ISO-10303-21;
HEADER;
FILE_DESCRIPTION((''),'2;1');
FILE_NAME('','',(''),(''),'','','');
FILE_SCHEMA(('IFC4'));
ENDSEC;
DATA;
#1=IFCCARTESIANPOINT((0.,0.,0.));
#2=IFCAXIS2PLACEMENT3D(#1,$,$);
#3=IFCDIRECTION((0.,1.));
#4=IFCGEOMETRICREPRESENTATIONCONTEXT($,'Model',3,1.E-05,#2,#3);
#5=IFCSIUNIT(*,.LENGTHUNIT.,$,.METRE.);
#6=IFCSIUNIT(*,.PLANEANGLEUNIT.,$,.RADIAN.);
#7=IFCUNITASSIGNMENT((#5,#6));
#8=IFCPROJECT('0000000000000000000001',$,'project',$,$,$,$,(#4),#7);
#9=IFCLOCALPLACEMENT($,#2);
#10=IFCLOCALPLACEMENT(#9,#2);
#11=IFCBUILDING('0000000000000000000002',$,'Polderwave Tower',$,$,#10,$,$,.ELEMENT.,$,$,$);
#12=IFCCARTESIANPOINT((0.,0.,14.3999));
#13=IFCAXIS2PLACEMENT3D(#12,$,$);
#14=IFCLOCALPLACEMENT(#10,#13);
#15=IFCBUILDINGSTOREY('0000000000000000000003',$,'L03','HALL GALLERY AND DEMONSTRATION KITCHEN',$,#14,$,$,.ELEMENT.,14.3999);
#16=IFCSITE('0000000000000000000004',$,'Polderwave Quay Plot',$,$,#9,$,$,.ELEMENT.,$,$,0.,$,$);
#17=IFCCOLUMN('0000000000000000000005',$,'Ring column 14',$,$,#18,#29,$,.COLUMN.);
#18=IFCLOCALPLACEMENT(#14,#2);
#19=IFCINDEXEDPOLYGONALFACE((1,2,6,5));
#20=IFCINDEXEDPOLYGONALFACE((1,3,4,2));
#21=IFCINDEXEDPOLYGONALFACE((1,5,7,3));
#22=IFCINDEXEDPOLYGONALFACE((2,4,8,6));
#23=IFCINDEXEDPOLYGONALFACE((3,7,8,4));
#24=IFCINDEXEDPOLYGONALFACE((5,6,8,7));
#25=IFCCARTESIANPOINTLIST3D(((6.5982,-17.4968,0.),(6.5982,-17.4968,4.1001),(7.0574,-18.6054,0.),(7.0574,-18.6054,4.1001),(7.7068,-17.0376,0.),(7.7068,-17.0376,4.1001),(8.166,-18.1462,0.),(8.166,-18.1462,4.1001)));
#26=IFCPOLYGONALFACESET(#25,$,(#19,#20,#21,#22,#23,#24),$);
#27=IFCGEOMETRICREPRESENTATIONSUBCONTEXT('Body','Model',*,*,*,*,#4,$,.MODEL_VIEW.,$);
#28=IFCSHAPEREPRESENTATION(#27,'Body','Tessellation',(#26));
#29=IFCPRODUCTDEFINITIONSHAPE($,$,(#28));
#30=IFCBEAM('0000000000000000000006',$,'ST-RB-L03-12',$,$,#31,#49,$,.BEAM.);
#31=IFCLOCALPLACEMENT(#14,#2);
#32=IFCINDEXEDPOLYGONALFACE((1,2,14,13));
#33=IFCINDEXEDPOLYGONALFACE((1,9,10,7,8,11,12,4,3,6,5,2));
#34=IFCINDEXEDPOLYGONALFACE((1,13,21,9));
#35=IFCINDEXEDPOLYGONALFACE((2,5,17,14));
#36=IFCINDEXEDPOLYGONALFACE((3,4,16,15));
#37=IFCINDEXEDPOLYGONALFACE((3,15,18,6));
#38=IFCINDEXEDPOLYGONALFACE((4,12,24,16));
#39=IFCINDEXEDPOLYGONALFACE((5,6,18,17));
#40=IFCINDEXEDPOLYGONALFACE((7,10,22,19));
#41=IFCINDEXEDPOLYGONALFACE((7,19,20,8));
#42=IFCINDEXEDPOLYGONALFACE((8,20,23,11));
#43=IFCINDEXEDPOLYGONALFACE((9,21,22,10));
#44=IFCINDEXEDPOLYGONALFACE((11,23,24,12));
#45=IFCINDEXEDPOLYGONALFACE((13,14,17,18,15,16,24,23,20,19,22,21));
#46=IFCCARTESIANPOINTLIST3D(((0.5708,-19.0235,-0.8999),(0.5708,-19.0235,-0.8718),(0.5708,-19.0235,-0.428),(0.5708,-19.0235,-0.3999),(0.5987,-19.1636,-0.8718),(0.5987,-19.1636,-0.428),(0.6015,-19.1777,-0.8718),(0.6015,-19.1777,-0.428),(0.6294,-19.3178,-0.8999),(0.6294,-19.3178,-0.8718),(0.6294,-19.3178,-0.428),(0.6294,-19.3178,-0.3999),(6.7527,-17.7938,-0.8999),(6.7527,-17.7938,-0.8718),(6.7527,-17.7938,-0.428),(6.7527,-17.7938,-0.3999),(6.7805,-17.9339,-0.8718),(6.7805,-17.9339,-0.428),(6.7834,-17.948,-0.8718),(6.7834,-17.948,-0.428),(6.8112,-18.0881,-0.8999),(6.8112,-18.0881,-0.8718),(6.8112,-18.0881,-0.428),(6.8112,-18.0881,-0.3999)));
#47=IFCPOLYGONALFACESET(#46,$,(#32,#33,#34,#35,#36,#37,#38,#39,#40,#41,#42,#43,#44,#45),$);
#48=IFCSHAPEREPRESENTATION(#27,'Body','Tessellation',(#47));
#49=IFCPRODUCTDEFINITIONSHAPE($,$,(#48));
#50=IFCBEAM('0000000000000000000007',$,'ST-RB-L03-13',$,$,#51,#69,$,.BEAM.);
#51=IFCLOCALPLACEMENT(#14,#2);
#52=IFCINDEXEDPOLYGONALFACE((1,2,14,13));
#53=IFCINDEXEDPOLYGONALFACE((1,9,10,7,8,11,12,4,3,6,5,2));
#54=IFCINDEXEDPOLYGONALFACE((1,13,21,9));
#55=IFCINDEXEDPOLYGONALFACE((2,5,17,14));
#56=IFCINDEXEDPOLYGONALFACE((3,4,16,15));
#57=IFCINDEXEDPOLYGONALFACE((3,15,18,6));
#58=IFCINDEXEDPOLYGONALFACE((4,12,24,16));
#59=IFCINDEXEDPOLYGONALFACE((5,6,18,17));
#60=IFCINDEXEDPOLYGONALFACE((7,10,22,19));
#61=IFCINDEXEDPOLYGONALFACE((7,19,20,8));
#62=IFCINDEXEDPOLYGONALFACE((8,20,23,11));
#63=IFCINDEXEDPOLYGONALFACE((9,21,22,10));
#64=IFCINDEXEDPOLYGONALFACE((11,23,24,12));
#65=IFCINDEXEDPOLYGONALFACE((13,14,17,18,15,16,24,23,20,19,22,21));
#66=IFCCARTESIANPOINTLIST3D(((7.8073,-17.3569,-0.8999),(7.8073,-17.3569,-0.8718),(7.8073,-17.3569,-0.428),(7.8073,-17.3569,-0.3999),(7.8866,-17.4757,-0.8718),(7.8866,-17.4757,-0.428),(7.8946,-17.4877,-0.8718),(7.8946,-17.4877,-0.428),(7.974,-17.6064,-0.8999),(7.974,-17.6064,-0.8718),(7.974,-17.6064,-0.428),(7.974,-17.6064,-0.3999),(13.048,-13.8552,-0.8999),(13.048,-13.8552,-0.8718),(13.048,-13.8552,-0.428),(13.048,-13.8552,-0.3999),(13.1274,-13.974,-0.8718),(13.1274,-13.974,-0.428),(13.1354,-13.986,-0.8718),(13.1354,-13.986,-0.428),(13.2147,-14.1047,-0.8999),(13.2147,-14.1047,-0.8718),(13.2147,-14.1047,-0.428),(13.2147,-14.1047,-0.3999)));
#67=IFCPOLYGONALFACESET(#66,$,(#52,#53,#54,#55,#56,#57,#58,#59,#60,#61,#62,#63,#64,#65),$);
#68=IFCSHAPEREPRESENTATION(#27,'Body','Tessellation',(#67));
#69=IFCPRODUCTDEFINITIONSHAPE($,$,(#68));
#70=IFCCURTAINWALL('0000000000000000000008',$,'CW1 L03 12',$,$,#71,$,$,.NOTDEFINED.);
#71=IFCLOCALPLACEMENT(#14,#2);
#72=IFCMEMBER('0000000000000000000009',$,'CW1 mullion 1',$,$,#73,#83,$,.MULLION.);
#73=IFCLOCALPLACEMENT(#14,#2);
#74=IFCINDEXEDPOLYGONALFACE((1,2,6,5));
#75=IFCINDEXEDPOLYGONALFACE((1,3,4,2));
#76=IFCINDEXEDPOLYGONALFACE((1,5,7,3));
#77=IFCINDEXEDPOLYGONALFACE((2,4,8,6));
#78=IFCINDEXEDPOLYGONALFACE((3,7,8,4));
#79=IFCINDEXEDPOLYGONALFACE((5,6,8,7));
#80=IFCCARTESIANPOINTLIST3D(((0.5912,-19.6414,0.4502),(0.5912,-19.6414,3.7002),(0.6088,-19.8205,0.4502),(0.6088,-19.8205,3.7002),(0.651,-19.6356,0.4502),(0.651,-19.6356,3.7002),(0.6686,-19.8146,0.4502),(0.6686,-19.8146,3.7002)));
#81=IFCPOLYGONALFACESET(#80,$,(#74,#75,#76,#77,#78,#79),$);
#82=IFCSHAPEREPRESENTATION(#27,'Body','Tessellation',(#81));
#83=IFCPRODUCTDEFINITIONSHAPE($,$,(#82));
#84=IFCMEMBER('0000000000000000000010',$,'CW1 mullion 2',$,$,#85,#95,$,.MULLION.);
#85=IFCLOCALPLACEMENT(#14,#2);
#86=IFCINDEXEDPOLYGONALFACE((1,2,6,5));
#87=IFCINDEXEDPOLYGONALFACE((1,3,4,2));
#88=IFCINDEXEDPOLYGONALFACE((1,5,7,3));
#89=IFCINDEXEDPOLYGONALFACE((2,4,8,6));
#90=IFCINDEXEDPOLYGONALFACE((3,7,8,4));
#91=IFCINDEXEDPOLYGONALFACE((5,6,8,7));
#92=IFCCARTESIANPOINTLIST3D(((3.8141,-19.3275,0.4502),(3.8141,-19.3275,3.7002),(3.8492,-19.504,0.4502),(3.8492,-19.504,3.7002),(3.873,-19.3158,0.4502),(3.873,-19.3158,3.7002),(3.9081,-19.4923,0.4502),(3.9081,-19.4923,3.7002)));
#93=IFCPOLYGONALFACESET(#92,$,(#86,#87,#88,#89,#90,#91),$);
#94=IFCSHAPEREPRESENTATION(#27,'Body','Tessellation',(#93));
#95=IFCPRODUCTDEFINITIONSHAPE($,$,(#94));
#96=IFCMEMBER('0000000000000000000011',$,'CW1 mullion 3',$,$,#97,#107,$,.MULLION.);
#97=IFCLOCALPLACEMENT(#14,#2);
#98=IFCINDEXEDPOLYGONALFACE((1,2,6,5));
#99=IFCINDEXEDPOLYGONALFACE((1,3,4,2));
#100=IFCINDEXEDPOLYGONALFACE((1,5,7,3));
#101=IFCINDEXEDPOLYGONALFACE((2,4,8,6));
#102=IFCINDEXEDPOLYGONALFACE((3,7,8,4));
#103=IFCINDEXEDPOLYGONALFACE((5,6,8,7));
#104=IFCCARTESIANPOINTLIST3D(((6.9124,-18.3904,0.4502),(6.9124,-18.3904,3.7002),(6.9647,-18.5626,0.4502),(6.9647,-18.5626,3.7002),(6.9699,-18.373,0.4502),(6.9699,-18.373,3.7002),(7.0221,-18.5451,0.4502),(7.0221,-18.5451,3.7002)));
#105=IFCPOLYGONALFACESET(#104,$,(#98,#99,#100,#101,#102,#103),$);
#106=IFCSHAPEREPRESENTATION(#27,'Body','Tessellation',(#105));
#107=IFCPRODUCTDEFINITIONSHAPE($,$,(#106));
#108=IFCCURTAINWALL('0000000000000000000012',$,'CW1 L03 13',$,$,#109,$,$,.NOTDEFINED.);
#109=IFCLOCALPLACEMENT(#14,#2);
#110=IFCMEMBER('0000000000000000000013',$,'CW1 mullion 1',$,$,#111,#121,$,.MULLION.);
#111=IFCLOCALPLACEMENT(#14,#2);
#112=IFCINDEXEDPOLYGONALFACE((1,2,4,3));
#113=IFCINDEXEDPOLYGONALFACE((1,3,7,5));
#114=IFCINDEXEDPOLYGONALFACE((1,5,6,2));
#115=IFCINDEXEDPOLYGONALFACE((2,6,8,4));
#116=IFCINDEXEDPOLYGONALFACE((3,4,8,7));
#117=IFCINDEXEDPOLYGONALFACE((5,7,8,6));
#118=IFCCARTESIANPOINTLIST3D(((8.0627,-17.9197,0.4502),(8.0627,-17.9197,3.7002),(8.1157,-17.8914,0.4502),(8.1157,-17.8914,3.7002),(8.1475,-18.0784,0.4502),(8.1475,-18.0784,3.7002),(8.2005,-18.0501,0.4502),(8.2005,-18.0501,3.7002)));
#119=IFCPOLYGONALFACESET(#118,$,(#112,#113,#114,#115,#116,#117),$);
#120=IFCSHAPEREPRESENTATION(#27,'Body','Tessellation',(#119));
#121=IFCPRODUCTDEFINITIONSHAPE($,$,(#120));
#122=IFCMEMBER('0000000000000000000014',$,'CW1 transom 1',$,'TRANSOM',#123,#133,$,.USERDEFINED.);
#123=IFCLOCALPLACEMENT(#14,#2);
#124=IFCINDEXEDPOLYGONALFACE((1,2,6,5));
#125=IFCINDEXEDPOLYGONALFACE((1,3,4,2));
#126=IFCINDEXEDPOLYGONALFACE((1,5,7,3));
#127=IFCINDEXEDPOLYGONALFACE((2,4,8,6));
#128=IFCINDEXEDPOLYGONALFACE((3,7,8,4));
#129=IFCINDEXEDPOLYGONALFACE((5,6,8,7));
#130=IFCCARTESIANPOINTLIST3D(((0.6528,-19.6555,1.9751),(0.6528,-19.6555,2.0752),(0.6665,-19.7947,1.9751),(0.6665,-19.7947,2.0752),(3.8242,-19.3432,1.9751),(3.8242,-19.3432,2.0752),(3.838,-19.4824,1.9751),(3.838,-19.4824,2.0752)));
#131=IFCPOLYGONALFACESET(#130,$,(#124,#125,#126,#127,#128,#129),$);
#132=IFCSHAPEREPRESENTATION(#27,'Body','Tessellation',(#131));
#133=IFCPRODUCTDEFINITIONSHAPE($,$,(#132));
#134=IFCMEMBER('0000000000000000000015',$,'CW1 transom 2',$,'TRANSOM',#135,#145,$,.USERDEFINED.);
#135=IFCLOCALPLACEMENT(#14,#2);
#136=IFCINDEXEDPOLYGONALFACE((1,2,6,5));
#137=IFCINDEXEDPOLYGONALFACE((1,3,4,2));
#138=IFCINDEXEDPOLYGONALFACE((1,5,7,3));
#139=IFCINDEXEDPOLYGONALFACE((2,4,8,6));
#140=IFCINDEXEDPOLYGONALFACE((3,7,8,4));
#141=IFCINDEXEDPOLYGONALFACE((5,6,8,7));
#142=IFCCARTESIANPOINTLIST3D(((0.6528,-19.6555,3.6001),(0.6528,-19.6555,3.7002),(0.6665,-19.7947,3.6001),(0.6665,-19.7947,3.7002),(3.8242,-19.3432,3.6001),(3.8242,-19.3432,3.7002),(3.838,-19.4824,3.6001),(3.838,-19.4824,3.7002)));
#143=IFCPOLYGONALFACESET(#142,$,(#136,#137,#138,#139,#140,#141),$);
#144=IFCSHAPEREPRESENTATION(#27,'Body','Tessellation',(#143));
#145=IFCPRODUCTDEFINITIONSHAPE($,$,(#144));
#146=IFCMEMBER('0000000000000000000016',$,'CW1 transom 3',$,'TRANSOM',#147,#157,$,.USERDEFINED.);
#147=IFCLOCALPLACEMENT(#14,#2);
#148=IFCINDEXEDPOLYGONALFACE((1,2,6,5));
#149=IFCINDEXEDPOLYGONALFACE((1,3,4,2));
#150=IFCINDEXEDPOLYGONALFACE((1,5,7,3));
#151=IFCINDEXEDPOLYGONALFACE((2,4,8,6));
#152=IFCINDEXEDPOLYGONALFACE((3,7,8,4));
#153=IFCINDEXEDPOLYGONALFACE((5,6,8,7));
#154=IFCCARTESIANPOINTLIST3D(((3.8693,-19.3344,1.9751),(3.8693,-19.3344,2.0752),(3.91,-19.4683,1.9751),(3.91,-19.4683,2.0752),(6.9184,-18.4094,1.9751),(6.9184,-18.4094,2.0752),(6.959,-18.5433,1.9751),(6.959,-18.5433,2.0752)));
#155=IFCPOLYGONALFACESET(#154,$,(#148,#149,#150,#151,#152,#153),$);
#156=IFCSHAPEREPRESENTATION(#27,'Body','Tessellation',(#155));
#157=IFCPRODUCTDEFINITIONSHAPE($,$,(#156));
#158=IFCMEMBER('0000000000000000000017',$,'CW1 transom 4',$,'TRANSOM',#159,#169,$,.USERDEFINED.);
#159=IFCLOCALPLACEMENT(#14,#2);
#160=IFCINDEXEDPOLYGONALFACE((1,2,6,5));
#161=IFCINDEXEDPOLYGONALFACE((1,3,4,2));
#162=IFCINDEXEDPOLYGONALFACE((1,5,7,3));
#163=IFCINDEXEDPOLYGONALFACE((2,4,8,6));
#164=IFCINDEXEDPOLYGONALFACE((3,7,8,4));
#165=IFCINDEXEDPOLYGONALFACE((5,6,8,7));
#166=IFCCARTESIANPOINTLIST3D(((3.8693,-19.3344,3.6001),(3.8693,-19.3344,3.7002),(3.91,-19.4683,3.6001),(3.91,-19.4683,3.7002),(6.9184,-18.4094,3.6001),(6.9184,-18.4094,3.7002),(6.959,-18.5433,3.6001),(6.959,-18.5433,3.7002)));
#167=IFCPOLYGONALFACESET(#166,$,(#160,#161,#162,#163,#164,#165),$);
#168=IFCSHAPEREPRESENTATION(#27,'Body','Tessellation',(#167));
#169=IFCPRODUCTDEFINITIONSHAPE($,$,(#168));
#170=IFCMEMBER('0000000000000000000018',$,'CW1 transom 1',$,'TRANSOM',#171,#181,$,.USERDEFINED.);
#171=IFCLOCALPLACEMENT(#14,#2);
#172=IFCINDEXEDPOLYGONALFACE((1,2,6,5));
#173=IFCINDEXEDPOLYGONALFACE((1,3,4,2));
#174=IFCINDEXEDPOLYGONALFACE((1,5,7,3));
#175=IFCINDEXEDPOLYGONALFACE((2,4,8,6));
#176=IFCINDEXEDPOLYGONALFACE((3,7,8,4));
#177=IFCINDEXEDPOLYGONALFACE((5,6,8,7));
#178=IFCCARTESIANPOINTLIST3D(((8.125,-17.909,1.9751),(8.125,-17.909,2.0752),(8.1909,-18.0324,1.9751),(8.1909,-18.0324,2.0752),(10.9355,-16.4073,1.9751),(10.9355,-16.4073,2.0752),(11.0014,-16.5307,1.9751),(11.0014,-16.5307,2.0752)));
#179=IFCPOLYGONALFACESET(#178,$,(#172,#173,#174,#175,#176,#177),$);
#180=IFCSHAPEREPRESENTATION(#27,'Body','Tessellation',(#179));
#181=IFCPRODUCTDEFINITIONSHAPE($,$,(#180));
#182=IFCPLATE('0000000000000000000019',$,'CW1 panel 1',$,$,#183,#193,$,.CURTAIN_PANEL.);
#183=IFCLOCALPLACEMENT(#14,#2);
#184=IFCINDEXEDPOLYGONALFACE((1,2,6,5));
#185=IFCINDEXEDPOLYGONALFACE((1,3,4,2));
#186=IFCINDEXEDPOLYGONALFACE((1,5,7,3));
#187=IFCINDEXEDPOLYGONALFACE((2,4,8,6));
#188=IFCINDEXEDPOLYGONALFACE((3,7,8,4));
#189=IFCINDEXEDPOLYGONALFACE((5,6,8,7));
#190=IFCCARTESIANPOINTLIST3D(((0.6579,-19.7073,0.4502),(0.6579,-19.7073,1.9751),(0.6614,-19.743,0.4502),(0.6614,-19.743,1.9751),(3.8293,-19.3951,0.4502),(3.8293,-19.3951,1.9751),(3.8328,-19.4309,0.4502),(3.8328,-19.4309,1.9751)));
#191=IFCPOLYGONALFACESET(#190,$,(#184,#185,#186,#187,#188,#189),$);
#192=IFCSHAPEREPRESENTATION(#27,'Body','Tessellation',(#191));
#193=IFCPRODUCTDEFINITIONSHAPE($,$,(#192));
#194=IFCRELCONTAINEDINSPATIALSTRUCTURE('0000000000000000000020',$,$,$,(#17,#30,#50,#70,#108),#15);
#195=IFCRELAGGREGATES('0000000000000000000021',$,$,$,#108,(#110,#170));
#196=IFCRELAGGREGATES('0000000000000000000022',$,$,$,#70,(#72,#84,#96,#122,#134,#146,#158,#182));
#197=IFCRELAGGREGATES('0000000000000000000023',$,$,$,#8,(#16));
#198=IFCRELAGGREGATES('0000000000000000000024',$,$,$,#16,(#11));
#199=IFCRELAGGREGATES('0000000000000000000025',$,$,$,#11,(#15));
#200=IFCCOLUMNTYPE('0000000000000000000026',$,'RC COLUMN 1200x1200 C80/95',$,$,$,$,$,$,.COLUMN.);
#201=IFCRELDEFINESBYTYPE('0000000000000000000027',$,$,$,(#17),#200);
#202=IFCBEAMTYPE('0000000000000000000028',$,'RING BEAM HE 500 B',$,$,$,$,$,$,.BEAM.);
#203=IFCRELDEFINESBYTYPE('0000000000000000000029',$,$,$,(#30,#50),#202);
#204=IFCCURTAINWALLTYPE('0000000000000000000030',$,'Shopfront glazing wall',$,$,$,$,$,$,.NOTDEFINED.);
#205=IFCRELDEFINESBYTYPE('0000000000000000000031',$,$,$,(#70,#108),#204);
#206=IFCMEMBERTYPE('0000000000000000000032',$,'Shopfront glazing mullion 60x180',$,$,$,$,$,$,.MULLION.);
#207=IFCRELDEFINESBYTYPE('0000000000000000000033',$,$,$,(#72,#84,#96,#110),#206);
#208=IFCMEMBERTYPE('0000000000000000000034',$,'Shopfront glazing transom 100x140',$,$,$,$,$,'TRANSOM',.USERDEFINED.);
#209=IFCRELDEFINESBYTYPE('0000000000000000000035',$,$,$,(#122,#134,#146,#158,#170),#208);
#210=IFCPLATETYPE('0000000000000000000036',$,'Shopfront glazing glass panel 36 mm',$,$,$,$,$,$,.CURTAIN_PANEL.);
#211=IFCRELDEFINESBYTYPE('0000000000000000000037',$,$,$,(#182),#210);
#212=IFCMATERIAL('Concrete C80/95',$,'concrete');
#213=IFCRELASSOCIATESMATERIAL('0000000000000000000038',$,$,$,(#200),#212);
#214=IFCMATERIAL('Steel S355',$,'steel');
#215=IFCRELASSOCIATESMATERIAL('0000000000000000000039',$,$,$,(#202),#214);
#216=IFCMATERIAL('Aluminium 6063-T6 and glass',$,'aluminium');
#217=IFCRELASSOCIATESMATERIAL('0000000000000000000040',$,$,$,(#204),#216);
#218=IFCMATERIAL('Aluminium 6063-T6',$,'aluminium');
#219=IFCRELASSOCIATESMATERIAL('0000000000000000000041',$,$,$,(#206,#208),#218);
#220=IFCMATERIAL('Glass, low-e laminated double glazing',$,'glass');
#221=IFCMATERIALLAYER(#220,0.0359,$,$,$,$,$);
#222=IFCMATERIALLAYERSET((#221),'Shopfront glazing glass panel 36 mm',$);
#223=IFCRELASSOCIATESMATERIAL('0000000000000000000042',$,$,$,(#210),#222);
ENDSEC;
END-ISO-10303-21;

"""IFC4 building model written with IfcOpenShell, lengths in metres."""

from ifc_helpers import new_model, si_unit, direction, frame, origin, origin_2d, place, context, subcontext, project, spatial, rectangle, i_section, extrude, material, layer, layer_set, material_profile, profile_set, type_object, element, aggregate, save


model = new_model("IFC4")

# Units and contexts
model_context = context("Model", 3, precision=1e-05, world=origin(), true_north=direction((0.0, 1.0)))
body_context = subcontext(model_context, "Body", "Model", "MODEL_VIEW")
ifc_project = project(units=[si_unit("LENGTHUNIT", "METRE"), si_unit("PLANEANGLEUNIT", "RADIAN")], contexts=[model_context])

# Site, building, storey
site_placement = place(None, origin())
site = spatial("IfcSite", under=ifc_project, at=site_placement, Name="Polderwave Quay Plot", CompositionType="ELEMENT", RefElevation=0.0)
building_placement = place(site_placement, origin())
building = spatial("IfcBuilding", under=site, at=building_placement, Name="Polderwave Tower", CompositionType="ELEMENT")
storey_placement = place(building_placement, frame((0.0, 0.0, 14.3999)))
storey = spatial("IfcBuildingStorey", under=building, at=storey_placement, Name="L03", Description="HALL GALLERY AND DEMONSTRATION KITCHEN", CompositionType="ELEMENT", Elevation=14.3999)

# Column
ifc_material_1 = material(Name="Concrete C80/95", Category="concrete")
ifc_material_profile_1 = material_profile(ifc_material_1, rectangle(XDim=1.2, YDim=1.2, at=origin_2d()), Name="RC 1200x1200")
ifc_profile_set_1 = profile_set([ifc_material_profile_1], Name="Concrete C80/95")
column_type = type_object("IfcColumnType", Name="RC COLUMN 1200x1200 C80/95", PredefinedType="COLUMN", material=ifc_profile_set_1)
column_placement = place(storey_placement, frame((7.3821, -17.8215, 0.0), z_axis=(0.0, 0.0, 1.0), x_axis=(0.382683, -0.92388, 0.0)))
element("IfcColumn", 1, at=column_placement, inside=storey, type_object=column_type, Name="Ring column 14", PredefinedType="COLUMN", context=body_context, shape_type="SweptSolid", body=[
    extrude(rectangle(XDim=1.2, YDim=1.2, at=origin_2d()), origin(), (0.0, 0.0, 1.0), 4.1001),
])

# Beams
ifc_material_2 = material(Name="Steel S355", Category="steel")
ifc_material_profile_2 = material_profile(ifc_material_2, i_section(OverallWidth=0.3, OverallDepth=0.5, WebThickness=0.0144, FlangeThickness=0.0281, at=origin_2d()), Name="HE 500 B")
ifc_profile_set_2 = profile_set([ifc_material_profile_2], Name="Steel S355")
beam_type = type_object("IfcBeamType", Name="RING BEAM HE 500 B", PredefinedType="BEAM", material=ifc_profile_set_2)
for number, where, z_axis, x_axis, name in (
    (2, (0.6001, -19.1707, -0.6499), (0.980783, 0.195103, 0.0), (-0.195103, 0.980783, 0.0), "ST-RB-L03-12"),
    (3, (7.8906, -17.4817, -0.6499), (0.831472, 0.555567, 0.0), (-0.555567, 0.831472, 0.0), "ST-RB-L03-13"),
):
    element("IfcBeam", number, at=place(storey_placement, frame(where, z_axis=z_axis, x_axis=x_axis)), inside=storey, type_object=beam_type, Name=name, PredefinedType="BEAM", context=body_context, shape_type="SweptSolid", body=[
        extrude(i_section(OverallWidth=0.3, OverallDepth=0.5, WebThickness=0.0144, FlangeThickness=0.0281, at=origin_2d()), origin(), (0.0, 0.0, 1.0), 6.303),
    ])

# Curtain wall, members
ifc_material_3 = material(Name="Aluminium 6063-T6 and glass", Category="aluminium")
curtain_wall_type = type_object("IfcCurtainWallType", Name="Shopfront glazing wall", PredefinedType="NOTDEFINED", material=ifc_material_3)
curtain_wall_1_placement = place(storey_placement, origin())
curtain_wall_1 = element("IfcCurtainWall", 4, at=curtain_wall_1_placement, inside=storey, type_object=curtain_wall_type, Name="CW1 L03 12", PredefinedType="NOTDEFINED")
ifc_material_4 = material(Name="Aluminium 6063-T6", Category="aluminium")
ifc_material_profile_3 = material_profile(ifc_material_4, rectangle(XDim=0.1799, YDim=0.0601, at=origin_2d()), Name="AL 60x180")
ifc_profile_set_3 = profile_set([ifc_material_profile_3], Name="Aluminium 6063-T6")
member_type_1 = type_object("IfcMemberType", Name="Shopfront glazing mullion 60x180", PredefinedType="MULLION", material=ifc_profile_set_3)
member_1_placement = place(storey_placement, frame((0.6299, -19.728, 0.4502), z_axis=(0.0, 0.0, 1.0), x_axis=(-0.097963, 0.99519, 0.0)))
member_1 = element("IfcMember", 5, at=member_1_placement, type_object=member_type_1, Name="CW1 mullion 1", PredefinedType="MULLION", context=body_context, shape_type="SweptSolid", body=[
    extrude(rectangle(XDim=0.1799, YDim=0.0601, at=origin_2d()), origin(), (0.0, 0.0, 1.0), 3.25),
])
member_2_placement = place(storey_placement, frame((3.8611, -19.4099, 0.4502), z_axis=(0.0, 0.0, 1.0), x_axis=(-0.195065, 0.98079, 0.0)))
member_2 = element("IfcMember", 6, at=member_2_placement, type_object=member_type_1, Name="CW1 mullion 2", PredefinedType="MULLION", context=body_context, shape_type="SweptSolid", body=[
    extrude(rectangle(XDim=0.1799, YDim=0.0601, at=origin_2d()), origin(), (0.0, 0.0, 1.0), 3.25),
])
member_3_placement = place(storey_placement, frame((6.9673, -18.4678, 0.4502), z_axis=(0.0, 0.0, 1.0), x_axis=(-0.290286, 0.95694, 0.0)))
member_3 = element("IfcMember", 7, at=member_3_placement, type_object=member_type_1, Name="CW1 mullion 3", PredefinedType="MULLION", context=body_context, shape_type="SweptSolid", body=[
    extrude(rectangle(XDim=0.1799, YDim=0.0601, at=origin_2d()), origin(), (0.0, 0.0, 1.0), 3.25),
])

# Curtain wall, member
curtain_wall_2_placement = place(storey_placement, origin())
curtain_wall_2 = element("IfcCurtainWall", 8, at=curtain_wall_2_placement, inside=storey, type_object=curtain_wall_type, Name="CW1 L03 13", PredefinedType="NOTDEFINED")
member_4_placement = place(storey_placement, frame((8.1316, -17.9849, 0.4502), z_axis=(0.0, 0.0, 1.0), x_axis=(-0.471221, 0.882015, 0.0)))
member_4 = element("IfcMember", 9, at=member_4_placement, type_object=member_type_1, Name="CW1 mullion 1", PredefinedType="MULLION", context=body_context, shape_type="SweptSolid", body=[
    extrude(rectangle(XDim=0.1799, YDim=0.0601, at=origin_2d()), origin(), (0.0, 0.0, 1.0), 3.25),
])

# Members
ifc_material_profile_4 = material_profile(ifc_material_4, rectangle(XDim=0.1399, YDim=0.1001, at=origin_2d()), Name="AL 100x140")
ifc_profile_set_4 = profile_set([ifc_material_profile_4], Name="Aluminium 6063-T6")
member_type_2 = type_object("IfcMemberType", Name="Shopfront glazing transom 100x140", ElementType="TRANSOM", PredefinedType="USERDEFINED", material=ifc_profile_set_4)
member_5_placement = place(storey_placement, frame((0.6597, -19.7251, 2.0251), z_axis=(0.995188, 0.097987, 0.0), x_axis=(-0.097987, 0.995188, 0.0)))
member_5 = element("IfcMember", 10, at=member_5_placement, type_object=member_type_2, Name="CW1 transom 1", ObjectType="TRANSOM", PredefinedType="USERDEFINED", context=body_context, shape_type="SweptSolid", body=[
    extrude(rectangle(XDim=0.1399, YDim=0.1001, at=origin_2d()), origin(), (0.0, 0.0, 1.0), 3.1868),
])
member_6_placement = place(storey_placement, frame((0.6597, -19.7251, 3.6501), z_axis=(0.995188, 0.097987, 0.0), x_axis=(-0.097987, 0.995188, 0.0)))
member_6 = element("IfcMember", 11, at=member_6_placement, type_object=member_type_2, Name="CW1 transom 2", ObjectType="TRANSOM", PredefinedType="USERDEFINED", context=body_context, shape_type="SweptSolid", body=[
    extrude(rectangle(XDim=0.1399, YDim=0.1001, at=origin_2d()), origin(), (0.0, 0.0, 1.0), 3.1868),
])
member_7_placement = place(storey_placement, frame((3.8896, -19.4014, 2.0251), z_axis=(0.95693, 0.29032, 0.0), x_axis=(-0.29032, 0.95693, 0.0)))
member_7 = element("IfcMember", 12, at=member_7_placement, type_object=member_type_2, Name="CW1 transom 3", ObjectType="TRANSOM", PredefinedType="USERDEFINED", context=body_context, shape_type="SweptSolid", body=[
    extrude(rectangle(XDim=0.1399, YDim=0.1001, at=origin_2d()), origin(), (0.0, 0.0, 1.0), 3.1863),
])
member_8_placement = place(storey_placement, frame((3.8896, -19.4014, 3.6501), z_axis=(0.95693, 0.29032, 0.0), x_axis=(-0.29032, 0.95693, 0.0)))
member_8 = element("IfcMember", 13, at=member_8_placement, type_object=member_type_2, Name="CW1 transom 4", ObjectType="TRANSOM", PredefinedType="USERDEFINED", context=body_context, shape_type="SweptSolid", body=[
    extrude(rectangle(XDim=0.1399, YDim=0.1001, at=origin_2d()), origin(), (0.0, 0.0, 1.0), 3.1863),
])
member_9_placement = place(storey_placement, frame((8.158, -17.9707, 2.0251), z_axis=(0.881994, 0.47126, 0.0), x_axis=(-0.47126, 0.881994, 0.0)))
member_9 = element("IfcMember", 14, at=member_9_placement, type_object=member_type_2, Name="CW1 transom 1", ObjectType="TRANSOM", PredefinedType="USERDEFINED", context=body_context, shape_type="SweptSolid", body=[
    extrude(rectangle(XDim=0.1399, YDim=0.1001, at=origin_2d()), origin(), (0.0, 0.0, 1.0), 3.1865),
])
aggregate(curtain_wall_2, [member_4, member_9])

# Plate
ifc_material_5 = material(Name="Glass, low-e laminated double glazing", Category="glass")
ifc_layer_1 = layer(ifc_material_5, 0.0359)
ifc_layer_set_1 = layer_set([ifc_layer_1], Name="Shopfront glazing glass panel 36 mm")
plate_type = type_object("IfcPlateType", Name="Shopfront glazing glass panel 36 mm", PredefinedType="CURTAIN_PANEL", material=ifc_layer_set_1)
plate_1_placement = place(storey_placement, frame((2.2454, -19.5691, 0.4502), z_axis=(0.0, 0.0, 1.0), x_axis=(0.99519, 0.097963, 0.0)))
plate_1 = element("IfcPlate", 15, at=plate_1_placement, type_object=plate_type, Name="CW1 panel 1", PredefinedType="CURTAIN_PANEL", context=body_context, shape_type="SweptSolid", body=[
    extrude(rectangle(XDim=3.1868, YDim=0.0359, at=origin_2d()), origin(), (0.0, 0.0, 1.0), 1.5249),
])
aggregate(curtain_wall_1, [member_1, member_2, member_3, member_5, member_6, member_7, member_8, plate_1])

save(model, "model.ifc")
